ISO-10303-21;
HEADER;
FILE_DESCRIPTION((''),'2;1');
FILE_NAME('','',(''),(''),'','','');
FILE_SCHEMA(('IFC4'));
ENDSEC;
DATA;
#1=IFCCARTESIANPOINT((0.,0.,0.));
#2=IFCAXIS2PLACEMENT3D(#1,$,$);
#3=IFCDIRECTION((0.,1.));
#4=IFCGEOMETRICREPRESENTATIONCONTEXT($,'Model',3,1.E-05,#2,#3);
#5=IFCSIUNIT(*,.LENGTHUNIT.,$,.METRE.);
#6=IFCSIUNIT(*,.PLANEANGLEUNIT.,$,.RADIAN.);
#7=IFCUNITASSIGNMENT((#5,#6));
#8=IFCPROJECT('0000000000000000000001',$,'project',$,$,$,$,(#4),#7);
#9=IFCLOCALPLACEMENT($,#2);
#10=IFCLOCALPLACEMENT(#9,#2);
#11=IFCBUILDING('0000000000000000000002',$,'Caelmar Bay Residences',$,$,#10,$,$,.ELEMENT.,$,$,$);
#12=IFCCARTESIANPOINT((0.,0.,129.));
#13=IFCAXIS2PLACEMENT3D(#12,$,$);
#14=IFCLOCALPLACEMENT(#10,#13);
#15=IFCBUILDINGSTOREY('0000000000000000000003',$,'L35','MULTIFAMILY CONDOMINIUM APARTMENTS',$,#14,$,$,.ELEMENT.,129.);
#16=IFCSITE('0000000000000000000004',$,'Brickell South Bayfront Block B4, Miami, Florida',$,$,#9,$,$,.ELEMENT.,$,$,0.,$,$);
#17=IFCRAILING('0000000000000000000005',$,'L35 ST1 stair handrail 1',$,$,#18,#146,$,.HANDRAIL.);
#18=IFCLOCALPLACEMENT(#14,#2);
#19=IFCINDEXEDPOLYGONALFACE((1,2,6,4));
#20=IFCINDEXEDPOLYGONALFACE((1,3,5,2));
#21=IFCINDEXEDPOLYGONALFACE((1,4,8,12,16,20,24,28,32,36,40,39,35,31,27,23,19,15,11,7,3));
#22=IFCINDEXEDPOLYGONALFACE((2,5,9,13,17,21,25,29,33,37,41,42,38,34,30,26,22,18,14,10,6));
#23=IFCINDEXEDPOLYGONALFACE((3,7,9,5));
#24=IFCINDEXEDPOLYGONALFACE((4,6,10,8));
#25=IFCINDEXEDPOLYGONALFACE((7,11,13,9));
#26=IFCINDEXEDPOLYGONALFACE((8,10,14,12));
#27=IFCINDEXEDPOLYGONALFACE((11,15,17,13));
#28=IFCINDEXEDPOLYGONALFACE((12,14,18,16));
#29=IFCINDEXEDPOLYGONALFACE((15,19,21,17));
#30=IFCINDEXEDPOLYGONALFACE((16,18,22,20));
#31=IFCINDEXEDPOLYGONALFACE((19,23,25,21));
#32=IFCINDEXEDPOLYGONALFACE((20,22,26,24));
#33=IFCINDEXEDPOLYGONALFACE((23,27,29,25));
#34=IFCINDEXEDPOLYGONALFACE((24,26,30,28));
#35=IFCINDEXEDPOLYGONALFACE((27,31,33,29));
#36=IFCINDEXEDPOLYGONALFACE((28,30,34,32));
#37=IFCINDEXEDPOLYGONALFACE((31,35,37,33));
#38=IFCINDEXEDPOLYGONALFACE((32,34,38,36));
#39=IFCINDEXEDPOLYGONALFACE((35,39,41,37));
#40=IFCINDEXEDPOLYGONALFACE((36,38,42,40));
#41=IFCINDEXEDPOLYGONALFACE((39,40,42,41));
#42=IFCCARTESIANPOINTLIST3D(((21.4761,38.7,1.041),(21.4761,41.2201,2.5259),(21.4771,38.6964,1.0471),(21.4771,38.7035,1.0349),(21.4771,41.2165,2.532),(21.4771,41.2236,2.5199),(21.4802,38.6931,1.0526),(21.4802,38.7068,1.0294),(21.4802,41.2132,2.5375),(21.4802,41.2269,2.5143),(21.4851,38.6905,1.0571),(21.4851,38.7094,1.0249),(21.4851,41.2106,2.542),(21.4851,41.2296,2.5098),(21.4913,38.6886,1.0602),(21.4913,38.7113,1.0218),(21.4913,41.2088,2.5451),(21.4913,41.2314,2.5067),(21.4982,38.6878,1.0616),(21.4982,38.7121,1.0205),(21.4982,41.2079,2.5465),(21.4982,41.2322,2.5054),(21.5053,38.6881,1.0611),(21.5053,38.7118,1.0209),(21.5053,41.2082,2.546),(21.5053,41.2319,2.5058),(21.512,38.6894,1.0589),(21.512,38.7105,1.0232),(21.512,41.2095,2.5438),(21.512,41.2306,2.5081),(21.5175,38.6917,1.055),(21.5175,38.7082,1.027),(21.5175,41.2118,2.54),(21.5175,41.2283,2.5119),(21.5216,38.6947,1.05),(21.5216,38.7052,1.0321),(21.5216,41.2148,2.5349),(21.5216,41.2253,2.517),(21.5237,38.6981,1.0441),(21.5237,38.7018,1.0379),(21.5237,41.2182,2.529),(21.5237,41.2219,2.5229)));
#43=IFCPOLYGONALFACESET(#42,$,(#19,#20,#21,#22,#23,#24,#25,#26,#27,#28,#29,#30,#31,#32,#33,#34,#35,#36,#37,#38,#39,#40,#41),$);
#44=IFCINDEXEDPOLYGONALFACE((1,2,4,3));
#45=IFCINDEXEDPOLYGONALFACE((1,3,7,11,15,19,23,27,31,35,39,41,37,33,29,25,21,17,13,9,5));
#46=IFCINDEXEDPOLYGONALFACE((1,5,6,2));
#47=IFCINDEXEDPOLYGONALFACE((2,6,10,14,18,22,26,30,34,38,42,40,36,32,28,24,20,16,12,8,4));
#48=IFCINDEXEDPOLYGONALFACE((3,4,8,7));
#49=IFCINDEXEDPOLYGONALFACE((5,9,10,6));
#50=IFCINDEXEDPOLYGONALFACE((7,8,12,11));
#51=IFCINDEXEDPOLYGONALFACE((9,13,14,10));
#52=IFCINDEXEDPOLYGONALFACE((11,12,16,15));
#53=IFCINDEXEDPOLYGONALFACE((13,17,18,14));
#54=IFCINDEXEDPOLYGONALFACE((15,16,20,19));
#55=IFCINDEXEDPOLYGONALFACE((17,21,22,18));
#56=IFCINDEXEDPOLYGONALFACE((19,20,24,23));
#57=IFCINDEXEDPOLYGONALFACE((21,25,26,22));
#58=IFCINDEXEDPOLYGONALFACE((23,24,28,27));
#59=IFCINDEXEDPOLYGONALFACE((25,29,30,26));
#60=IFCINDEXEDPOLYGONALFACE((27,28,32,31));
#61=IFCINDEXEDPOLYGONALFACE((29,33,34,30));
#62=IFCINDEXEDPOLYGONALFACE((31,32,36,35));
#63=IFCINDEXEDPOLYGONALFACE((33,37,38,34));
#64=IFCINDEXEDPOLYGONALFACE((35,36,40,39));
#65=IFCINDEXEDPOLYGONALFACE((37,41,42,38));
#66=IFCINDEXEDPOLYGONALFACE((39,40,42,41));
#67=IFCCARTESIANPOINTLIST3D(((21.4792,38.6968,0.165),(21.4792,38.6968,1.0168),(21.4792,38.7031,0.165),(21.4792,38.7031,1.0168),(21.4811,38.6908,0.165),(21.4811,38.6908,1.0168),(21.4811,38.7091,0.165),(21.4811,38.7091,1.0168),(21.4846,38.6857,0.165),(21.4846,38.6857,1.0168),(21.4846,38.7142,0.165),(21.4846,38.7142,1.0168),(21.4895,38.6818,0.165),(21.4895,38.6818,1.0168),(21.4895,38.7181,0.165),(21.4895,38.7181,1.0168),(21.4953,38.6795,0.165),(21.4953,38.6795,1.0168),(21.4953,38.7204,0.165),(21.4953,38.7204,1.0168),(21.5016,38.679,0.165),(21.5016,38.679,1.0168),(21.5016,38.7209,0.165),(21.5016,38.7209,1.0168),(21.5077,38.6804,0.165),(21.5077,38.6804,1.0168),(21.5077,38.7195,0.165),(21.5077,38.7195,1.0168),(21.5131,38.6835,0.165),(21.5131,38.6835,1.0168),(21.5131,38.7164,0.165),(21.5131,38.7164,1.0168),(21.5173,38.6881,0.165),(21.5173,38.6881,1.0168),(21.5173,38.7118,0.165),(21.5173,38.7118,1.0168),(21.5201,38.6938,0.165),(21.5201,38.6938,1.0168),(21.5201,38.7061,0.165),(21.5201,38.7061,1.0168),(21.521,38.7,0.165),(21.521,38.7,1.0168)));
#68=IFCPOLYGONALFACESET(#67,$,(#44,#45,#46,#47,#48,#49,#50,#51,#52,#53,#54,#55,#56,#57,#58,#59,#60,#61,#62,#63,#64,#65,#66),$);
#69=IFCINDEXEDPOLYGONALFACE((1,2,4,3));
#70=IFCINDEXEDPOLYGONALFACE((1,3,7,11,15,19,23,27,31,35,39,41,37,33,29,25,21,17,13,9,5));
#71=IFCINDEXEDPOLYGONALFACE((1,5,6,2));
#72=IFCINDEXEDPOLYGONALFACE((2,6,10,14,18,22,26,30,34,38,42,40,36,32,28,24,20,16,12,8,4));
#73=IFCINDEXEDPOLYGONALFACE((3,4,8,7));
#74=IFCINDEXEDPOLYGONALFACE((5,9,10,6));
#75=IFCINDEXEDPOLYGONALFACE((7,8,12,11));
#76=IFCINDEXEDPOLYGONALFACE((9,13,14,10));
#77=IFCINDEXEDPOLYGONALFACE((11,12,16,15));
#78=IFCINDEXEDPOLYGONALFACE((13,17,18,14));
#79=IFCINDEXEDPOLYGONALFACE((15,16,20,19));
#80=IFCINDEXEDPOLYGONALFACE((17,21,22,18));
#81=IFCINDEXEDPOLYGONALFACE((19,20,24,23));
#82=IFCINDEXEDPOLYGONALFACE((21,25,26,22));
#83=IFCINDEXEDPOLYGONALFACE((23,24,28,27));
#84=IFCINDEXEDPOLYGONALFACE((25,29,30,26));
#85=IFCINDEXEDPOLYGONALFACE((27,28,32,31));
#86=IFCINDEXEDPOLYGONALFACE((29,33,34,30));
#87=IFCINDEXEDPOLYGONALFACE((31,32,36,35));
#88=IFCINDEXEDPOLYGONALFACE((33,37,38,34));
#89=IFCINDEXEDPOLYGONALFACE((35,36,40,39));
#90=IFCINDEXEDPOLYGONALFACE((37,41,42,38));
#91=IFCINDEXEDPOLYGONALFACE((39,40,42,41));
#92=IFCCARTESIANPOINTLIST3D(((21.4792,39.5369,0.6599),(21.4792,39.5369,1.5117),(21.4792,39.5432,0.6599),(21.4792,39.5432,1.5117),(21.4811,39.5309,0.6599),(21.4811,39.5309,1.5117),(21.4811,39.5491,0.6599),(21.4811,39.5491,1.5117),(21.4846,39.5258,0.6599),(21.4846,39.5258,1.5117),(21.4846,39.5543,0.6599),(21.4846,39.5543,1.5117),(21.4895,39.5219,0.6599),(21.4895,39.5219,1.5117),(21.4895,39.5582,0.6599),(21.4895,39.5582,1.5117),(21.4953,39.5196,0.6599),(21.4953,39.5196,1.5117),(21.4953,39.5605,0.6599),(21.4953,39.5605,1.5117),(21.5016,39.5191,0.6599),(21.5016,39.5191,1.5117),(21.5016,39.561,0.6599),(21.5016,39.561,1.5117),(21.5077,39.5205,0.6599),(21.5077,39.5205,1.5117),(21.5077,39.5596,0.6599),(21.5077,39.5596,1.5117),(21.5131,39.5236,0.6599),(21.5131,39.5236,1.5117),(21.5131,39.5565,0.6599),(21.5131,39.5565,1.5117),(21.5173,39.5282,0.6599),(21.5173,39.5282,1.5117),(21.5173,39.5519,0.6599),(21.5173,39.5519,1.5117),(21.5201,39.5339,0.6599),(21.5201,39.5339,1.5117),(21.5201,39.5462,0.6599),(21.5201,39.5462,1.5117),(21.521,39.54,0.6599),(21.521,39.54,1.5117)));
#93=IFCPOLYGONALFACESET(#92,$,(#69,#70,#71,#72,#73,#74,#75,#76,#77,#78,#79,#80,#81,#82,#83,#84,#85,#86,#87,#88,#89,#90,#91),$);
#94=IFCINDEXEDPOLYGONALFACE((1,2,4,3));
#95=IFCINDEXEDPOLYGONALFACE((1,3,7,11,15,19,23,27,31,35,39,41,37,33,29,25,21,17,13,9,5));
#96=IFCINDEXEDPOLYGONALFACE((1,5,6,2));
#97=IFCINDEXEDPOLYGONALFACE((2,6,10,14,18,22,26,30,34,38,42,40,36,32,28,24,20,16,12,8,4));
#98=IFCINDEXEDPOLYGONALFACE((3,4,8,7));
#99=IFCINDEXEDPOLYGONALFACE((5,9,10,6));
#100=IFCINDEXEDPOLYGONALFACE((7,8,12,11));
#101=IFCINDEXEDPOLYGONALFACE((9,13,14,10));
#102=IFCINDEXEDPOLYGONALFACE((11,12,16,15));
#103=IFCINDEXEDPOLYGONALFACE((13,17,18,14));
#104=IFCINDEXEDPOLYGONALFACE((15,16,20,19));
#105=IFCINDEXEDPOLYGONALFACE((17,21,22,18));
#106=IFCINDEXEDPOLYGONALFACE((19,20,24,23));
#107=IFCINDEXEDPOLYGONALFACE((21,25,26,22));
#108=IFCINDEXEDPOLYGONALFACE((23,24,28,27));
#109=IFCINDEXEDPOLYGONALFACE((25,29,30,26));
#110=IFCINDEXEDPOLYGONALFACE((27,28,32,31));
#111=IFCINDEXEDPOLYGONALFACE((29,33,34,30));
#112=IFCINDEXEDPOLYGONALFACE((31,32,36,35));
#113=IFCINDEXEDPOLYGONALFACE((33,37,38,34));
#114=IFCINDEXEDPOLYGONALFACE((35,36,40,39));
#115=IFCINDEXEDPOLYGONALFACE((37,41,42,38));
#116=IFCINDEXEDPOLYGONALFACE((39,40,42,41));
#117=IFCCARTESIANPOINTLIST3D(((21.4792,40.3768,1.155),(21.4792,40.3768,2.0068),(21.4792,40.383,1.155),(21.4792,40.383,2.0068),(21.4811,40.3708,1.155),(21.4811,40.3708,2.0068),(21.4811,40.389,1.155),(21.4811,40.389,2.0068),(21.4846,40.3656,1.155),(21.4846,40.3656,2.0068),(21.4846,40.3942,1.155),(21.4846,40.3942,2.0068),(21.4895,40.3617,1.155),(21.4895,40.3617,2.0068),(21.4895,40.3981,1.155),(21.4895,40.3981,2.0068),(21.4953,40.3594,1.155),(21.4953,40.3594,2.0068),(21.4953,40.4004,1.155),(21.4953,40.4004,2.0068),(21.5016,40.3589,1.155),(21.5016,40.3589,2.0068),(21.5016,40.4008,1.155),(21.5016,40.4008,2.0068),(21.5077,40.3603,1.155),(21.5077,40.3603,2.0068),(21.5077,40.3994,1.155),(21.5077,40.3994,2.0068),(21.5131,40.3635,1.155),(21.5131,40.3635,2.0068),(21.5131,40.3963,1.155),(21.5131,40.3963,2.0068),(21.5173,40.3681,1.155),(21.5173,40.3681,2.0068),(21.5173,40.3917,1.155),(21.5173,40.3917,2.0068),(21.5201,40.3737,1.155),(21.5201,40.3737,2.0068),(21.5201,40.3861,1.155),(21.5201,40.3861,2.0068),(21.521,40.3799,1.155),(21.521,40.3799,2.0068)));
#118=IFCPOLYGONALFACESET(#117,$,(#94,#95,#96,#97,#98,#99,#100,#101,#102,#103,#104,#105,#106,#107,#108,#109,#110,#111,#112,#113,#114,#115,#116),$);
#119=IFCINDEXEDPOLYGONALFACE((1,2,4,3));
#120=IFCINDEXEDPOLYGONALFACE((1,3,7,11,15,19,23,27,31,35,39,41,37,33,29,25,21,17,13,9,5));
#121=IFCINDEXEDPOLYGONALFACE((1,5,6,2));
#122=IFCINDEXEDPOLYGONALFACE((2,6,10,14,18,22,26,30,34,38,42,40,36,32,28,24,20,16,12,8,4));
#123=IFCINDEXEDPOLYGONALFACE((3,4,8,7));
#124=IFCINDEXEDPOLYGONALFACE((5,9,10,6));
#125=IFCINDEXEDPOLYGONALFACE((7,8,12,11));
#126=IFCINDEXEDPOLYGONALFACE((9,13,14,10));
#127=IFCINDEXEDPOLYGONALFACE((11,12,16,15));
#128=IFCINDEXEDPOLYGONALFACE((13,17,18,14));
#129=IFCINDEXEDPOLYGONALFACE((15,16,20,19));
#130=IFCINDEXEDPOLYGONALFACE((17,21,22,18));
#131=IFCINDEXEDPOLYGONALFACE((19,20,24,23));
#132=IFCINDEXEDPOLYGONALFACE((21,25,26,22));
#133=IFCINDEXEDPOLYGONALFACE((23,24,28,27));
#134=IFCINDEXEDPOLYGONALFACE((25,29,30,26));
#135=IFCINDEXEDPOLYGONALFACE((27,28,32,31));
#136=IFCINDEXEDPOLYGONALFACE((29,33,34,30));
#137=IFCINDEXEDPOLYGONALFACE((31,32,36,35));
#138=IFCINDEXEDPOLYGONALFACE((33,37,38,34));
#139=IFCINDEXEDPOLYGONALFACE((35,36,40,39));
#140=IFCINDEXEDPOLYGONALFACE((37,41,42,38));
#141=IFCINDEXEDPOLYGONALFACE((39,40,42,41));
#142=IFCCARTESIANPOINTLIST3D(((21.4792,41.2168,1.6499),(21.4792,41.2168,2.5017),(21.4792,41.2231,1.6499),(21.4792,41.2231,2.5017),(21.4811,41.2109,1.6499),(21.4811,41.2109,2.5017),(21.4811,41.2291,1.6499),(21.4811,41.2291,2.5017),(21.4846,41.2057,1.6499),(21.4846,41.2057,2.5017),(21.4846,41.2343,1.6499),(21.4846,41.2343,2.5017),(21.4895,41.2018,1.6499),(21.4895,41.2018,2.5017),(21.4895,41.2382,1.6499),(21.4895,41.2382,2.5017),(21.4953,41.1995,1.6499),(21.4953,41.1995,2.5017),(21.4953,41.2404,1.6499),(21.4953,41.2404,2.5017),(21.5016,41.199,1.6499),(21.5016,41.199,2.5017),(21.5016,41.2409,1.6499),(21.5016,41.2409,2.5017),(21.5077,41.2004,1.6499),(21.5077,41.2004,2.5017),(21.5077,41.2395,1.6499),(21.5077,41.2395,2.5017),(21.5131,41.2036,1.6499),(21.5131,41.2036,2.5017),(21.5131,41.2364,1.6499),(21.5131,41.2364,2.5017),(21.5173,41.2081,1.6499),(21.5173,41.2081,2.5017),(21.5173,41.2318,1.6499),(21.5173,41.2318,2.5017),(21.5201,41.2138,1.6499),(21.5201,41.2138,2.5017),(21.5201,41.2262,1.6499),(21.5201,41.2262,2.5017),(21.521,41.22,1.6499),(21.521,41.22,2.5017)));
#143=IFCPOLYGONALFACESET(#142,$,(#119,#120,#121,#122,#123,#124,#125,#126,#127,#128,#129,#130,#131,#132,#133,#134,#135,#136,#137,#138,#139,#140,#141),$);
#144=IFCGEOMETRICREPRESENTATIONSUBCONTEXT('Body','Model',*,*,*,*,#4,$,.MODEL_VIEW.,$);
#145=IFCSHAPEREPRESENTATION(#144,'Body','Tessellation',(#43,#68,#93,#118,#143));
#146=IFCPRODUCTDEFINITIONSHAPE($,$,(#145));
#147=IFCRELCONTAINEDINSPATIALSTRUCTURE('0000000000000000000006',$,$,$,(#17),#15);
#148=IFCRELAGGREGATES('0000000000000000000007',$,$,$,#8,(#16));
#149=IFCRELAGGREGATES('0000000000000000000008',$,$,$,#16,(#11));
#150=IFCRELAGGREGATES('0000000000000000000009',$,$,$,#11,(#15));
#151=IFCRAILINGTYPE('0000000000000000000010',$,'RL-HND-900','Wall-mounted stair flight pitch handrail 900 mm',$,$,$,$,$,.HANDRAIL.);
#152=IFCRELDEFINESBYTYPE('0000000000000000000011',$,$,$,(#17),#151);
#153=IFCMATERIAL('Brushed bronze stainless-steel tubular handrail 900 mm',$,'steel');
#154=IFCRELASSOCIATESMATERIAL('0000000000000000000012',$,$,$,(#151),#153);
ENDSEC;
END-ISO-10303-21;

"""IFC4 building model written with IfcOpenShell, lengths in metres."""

from ifc_helpers import new_model, si_unit, direction, frame, origin, origin_2d, place, context, subcontext, project, spatial, circle, extrude, material, type_object, element, save


model = new_model("IFC4")

# Units and contexts
model_context = context("Model", 3, precision=1e-05, world=origin(), true_north=direction((0.0, 1.0)))
body_context = subcontext(model_context, "Body", "Model", "MODEL_VIEW")
ifc_project = project(units=[si_unit("LENGTHUNIT", "METRE"), si_unit("PLANEANGLEUNIT", "RADIAN")], contexts=[model_context])

# Site, building, storey
site_placement = place(None, origin())
site = spatial("IfcSite", under=ifc_project, at=site_placement, Name="Brickell South Bayfront Block B4, Miami, Florida", CompositionType="ELEMENT", RefElevation=0.0)
building_placement = place(site_placement, origin())
building = spatial("IfcBuilding", under=site, at=building_placement, Name="Caelmar Bay Residences", CompositionType="ELEMENT")
storey_placement = place(building_placement, frame((0.0, 0.0, 129.0)))
storey = spatial("IfcBuildingStorey", under=building, at=storey_placement, Name="L35", Description="MULTIFAMILY CONDOMINIUM APARTMENTS", CompositionType="ELEMENT", Elevation=129.0)

# Railing
ifc_material_1 = material(Name="Brushed bronze stainless-steel tubular handrail 900 mm", Category="steel")
railing_type_1 = type_object("IfcRailingType", Name="RL-HND-900", Description="Wall-mounted stair flight pitch handrail 900 mm", PredefinedType="HANDRAIL", material=ifc_material_1)
railing_1_placement = place(storey_placement, frame((21.5, 38.7, 0.165)))
element("IfcRailing", 1, at=railing_1_placement, inside=storey, type_object=railing_type_1, Name="L35 ST1 stair handrail 1", PredefinedType="HANDRAIL", context=body_context, shape_type="SweptSolid", body=[
    extrude(circle(Radius=0.0239, at=origin_2d()), frame((0.0, 0.0, 0.876), z_axis=(0.0, 0.861561, 0.507655), x_axis=(-1.0, 0.0, 0.0)), (0.0, 0.0, 1.0), 2.925),
    extrude(circle(Radius=0.021, at=origin_2d()), origin(), (0.0, 0.0, 1.0), 0.8518),
    extrude(circle(Radius=0.021, at=origin_2d()), frame((0.0, 0.8401, 0.4949)), (0.0, 0.0, 1.0), 0.8518),
    extrude(circle(Radius=0.021, at=origin_2d()), frame((0.0, 1.6799, 0.99)), (0.0, 0.0, 1.0), 0.8518),
    extrude(circle(Radius=0.021, at=origin_2d()), frame((0.0, 2.52, 1.4849)), (0.0, 0.0, 1.0), 0.8518),
])

save(model, "model.ifc")
